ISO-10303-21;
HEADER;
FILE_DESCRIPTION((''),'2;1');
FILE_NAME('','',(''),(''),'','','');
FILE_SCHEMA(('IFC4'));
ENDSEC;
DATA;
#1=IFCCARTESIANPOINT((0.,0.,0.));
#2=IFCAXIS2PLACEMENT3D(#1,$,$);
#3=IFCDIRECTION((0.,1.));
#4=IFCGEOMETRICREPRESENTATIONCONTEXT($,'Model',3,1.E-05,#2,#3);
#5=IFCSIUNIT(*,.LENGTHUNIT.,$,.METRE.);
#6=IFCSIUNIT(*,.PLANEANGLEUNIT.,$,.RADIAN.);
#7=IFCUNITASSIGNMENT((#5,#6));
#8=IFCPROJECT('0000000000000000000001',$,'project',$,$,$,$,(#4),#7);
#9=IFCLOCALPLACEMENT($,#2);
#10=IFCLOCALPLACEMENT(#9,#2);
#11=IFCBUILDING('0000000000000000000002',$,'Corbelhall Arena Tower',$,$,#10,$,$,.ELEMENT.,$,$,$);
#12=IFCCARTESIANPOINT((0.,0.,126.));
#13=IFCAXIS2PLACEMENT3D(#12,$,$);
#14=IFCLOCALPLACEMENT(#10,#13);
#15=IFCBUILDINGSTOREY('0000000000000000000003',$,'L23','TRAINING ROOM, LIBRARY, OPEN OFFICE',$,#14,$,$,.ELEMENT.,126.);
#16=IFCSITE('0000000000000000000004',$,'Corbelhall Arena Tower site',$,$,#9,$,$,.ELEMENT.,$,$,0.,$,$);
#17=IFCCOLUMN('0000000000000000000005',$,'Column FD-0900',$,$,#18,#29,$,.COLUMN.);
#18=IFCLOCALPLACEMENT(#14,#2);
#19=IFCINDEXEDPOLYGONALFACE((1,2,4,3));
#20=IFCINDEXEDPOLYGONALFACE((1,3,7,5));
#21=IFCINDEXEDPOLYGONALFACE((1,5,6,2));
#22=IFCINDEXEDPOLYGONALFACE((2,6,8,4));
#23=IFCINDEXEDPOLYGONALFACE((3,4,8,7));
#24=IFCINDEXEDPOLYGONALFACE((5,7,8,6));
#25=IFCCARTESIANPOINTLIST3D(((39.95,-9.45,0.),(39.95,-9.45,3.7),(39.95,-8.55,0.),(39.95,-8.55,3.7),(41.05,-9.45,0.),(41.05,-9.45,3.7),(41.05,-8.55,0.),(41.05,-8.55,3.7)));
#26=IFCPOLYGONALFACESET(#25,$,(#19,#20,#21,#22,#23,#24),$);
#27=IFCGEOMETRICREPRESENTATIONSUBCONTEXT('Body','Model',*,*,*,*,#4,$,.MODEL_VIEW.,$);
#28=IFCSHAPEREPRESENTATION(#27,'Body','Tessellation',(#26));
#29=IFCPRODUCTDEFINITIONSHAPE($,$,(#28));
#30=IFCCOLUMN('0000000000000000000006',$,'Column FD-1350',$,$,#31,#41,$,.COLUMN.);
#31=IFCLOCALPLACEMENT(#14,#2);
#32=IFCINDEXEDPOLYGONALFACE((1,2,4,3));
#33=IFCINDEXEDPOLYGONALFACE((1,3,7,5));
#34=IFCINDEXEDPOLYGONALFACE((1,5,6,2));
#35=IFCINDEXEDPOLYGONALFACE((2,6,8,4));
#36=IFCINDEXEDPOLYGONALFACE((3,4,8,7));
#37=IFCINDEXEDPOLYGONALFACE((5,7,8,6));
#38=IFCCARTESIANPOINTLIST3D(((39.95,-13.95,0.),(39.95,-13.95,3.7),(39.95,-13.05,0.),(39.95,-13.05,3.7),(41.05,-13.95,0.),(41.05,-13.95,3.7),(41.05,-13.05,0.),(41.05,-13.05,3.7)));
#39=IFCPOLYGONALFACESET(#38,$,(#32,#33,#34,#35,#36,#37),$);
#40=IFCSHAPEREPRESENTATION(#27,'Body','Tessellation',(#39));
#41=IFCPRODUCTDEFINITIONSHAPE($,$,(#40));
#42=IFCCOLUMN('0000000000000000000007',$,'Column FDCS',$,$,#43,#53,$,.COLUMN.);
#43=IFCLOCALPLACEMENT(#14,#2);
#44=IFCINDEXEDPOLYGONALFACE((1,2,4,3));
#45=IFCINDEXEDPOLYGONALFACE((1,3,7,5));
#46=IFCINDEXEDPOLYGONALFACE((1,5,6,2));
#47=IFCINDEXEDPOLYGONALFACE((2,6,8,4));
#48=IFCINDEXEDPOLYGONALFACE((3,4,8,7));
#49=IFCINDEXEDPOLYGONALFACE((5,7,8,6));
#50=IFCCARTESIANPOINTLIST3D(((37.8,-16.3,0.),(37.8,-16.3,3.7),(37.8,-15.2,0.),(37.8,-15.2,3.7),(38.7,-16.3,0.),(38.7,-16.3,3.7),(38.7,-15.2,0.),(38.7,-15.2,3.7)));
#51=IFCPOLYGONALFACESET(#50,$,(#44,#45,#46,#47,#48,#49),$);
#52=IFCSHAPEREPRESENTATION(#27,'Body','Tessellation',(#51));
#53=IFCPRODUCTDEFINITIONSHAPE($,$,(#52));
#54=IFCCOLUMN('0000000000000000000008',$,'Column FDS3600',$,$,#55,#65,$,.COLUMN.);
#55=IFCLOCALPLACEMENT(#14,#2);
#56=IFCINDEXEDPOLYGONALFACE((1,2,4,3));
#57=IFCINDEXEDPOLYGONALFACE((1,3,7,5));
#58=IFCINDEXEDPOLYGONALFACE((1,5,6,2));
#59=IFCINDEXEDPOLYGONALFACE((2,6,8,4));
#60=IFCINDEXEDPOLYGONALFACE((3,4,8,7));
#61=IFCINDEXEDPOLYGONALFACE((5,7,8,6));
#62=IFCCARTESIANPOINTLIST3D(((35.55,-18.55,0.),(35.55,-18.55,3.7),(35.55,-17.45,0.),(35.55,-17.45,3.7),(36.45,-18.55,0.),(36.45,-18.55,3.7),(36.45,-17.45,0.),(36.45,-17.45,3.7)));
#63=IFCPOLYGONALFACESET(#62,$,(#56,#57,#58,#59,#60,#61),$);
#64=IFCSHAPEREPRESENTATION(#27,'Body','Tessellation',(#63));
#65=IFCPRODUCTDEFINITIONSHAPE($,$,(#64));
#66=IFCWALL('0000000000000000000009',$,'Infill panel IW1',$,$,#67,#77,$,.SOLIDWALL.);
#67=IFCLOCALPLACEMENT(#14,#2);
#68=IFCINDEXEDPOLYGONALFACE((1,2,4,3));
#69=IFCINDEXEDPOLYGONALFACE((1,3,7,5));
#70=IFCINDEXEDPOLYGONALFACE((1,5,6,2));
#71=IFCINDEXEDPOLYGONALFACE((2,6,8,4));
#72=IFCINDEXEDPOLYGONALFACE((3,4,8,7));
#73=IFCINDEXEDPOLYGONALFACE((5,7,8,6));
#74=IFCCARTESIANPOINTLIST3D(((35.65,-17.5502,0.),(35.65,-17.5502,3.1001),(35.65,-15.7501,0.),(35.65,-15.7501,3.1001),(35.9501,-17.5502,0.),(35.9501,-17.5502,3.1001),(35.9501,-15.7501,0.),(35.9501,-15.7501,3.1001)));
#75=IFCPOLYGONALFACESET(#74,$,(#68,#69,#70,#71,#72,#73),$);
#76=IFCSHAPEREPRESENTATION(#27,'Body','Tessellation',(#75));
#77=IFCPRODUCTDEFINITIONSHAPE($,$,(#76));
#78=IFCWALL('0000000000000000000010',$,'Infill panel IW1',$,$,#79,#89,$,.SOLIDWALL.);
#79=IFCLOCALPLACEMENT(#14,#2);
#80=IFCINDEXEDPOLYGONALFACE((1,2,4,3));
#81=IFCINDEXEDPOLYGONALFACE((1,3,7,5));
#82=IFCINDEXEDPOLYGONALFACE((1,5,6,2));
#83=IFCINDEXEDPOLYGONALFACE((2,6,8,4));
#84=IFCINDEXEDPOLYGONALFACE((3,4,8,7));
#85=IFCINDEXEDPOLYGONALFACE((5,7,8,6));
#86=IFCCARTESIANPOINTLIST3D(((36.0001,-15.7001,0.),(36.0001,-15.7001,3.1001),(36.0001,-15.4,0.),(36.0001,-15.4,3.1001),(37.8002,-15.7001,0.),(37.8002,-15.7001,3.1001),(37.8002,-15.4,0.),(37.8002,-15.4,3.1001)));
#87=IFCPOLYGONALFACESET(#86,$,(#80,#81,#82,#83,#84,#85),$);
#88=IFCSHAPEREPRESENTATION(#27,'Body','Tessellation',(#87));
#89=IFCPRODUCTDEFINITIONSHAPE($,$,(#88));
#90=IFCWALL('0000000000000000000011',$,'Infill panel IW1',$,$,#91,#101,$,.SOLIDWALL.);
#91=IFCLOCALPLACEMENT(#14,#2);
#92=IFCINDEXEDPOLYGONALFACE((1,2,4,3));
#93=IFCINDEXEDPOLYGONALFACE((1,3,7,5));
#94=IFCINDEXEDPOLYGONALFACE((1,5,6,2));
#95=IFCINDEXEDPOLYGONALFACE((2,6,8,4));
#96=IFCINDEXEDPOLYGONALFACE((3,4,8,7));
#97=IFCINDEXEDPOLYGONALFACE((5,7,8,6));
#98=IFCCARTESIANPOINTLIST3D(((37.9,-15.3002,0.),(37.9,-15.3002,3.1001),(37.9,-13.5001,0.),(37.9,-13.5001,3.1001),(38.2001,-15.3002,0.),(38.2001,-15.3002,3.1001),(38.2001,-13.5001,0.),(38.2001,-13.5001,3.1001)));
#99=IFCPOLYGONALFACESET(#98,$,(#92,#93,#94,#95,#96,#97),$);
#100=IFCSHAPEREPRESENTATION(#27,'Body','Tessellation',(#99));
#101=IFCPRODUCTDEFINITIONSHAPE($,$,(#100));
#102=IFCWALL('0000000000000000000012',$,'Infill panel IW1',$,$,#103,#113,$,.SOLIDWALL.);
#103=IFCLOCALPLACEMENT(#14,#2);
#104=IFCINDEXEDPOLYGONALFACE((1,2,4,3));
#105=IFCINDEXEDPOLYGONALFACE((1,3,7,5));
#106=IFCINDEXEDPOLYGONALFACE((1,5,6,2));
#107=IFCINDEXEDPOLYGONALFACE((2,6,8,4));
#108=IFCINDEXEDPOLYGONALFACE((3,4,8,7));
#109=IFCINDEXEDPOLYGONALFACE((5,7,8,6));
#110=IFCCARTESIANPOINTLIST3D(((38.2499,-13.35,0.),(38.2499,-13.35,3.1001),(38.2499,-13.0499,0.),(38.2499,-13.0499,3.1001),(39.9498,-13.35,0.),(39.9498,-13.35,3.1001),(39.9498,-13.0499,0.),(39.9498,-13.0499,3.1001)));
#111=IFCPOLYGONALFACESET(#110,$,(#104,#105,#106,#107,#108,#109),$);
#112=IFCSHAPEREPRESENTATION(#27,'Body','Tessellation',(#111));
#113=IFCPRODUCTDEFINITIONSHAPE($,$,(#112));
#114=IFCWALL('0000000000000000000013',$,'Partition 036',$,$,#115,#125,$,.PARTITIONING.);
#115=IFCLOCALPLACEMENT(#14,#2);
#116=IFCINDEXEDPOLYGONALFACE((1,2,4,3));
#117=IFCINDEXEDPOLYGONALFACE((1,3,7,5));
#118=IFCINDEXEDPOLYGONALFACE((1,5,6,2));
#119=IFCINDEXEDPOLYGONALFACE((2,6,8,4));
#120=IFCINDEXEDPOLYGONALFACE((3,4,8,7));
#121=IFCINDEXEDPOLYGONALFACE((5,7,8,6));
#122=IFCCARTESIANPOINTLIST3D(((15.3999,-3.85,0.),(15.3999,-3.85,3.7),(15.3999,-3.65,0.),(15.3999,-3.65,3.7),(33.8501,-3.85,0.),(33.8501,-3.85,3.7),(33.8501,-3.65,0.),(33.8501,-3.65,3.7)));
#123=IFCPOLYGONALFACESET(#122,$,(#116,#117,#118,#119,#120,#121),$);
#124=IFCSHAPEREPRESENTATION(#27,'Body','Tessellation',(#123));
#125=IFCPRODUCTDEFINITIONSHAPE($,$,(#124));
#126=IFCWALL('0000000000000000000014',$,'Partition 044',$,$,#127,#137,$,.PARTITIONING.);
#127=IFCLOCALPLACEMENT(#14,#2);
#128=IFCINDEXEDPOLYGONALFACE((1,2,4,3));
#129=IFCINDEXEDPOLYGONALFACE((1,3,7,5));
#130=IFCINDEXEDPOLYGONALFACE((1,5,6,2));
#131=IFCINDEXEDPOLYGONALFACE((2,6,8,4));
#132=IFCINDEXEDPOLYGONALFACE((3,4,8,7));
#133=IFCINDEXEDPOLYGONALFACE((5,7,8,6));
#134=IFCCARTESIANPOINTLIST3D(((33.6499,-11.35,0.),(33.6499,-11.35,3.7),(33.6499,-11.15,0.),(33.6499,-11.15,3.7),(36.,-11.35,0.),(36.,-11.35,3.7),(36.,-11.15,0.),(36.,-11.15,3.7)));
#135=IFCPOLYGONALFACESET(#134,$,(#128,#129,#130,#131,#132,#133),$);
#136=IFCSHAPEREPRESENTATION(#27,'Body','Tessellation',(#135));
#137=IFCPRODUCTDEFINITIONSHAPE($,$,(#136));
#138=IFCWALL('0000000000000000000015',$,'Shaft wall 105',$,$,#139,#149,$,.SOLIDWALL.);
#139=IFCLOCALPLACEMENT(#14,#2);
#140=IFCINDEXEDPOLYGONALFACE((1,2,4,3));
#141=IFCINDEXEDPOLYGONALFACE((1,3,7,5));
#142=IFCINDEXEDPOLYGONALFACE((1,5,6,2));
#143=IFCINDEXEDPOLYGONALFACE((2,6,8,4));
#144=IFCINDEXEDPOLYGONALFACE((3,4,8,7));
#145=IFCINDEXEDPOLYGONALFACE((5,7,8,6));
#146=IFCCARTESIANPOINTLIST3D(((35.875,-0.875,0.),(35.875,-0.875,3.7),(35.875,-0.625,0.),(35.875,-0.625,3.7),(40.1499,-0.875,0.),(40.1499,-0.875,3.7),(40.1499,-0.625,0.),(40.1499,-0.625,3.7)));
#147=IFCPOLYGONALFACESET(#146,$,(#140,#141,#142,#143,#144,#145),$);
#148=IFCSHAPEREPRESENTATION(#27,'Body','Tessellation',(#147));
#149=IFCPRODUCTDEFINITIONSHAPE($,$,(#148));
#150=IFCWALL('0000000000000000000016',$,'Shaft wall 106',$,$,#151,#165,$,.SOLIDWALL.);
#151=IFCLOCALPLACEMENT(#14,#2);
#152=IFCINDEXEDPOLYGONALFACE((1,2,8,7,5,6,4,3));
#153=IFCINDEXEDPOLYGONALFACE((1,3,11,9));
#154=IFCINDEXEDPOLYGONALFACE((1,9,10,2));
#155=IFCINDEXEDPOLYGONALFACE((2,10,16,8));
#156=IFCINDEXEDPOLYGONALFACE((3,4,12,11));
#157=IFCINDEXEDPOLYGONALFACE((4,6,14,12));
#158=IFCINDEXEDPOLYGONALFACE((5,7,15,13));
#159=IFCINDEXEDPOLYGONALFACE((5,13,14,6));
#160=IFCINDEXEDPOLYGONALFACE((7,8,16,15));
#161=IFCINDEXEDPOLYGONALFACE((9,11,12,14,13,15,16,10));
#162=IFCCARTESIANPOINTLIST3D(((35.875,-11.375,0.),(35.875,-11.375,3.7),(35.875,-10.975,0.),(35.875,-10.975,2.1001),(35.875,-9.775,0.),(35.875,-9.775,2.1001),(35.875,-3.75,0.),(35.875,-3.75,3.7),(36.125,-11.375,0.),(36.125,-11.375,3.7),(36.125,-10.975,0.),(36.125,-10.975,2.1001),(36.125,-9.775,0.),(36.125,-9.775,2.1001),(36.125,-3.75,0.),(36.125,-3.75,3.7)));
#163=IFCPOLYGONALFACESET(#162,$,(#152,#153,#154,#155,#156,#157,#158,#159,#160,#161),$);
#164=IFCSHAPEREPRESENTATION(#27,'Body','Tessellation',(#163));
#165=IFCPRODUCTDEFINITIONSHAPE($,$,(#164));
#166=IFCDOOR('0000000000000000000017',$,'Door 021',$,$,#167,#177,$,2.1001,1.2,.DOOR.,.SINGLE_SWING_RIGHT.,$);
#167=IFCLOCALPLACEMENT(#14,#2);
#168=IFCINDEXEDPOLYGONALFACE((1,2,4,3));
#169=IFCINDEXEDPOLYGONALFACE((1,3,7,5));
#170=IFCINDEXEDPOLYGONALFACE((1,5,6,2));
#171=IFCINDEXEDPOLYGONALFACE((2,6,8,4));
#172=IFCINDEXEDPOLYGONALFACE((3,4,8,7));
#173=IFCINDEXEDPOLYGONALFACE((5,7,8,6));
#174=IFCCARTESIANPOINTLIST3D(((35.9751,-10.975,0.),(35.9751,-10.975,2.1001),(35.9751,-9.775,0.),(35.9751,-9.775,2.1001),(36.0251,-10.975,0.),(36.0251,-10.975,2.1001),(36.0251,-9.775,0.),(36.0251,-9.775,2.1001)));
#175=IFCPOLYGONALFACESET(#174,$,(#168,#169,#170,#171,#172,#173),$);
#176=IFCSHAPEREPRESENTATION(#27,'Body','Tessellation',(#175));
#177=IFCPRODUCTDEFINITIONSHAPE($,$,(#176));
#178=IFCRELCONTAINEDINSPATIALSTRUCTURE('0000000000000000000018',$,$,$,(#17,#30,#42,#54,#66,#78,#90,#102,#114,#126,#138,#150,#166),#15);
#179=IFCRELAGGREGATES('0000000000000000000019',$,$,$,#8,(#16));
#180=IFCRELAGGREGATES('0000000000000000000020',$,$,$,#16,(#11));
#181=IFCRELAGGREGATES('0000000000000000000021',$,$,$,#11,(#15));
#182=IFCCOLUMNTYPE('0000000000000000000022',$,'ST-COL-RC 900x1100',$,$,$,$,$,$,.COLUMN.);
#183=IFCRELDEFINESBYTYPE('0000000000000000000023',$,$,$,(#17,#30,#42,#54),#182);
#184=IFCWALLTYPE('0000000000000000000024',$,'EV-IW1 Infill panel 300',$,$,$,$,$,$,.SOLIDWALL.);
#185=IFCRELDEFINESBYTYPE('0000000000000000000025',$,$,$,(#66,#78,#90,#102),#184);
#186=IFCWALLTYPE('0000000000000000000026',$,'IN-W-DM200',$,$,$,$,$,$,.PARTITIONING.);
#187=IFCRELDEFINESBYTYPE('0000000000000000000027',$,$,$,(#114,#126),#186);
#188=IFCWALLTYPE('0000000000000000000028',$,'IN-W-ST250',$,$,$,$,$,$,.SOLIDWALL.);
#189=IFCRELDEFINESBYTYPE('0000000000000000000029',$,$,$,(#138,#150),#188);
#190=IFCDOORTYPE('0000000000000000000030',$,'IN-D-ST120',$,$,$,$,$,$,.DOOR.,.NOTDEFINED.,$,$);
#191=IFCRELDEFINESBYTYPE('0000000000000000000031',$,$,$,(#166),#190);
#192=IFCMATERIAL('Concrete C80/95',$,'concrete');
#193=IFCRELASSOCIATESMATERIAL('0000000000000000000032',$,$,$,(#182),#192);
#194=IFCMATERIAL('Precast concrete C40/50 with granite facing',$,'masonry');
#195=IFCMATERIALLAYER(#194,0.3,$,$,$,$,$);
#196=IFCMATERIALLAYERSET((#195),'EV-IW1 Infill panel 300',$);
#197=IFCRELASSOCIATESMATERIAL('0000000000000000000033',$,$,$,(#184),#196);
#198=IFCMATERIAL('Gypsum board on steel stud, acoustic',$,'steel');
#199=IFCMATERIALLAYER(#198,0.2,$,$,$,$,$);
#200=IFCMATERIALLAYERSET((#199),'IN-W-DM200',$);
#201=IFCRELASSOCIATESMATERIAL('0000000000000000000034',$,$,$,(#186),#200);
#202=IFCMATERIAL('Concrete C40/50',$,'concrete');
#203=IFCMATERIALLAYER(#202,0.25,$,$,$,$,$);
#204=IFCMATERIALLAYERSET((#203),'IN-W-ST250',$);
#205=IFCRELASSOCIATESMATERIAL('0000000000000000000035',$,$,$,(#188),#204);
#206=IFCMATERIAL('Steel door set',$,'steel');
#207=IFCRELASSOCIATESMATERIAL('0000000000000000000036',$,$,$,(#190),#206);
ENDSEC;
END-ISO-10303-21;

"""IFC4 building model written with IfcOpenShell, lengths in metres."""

from ifc_helpers import new_model, si_unit, direction, frame, frame_2d, origin, origin_2d, place, context, subcontext, project, spatial, rectangle, extrude, material, layer, layer_set, material_profile, profile_set, type_object, element, fill, save


model = new_model("IFC4")

# Units and contexts
model_context = context("Model", 3, precision=1e-05, world=origin(), true_north=direction((0.0, 1.0)))
body_context = subcontext(model_context, "Body", "Model", "MODEL_VIEW")
ifc_project = project(units=[si_unit("LENGTHUNIT", "METRE"), si_unit("PLANEANGLEUNIT", "RADIAN")], contexts=[model_context])

# Site, building, storey
site_placement = place(None, origin())
site = spatial("IfcSite", under=ifc_project, at=site_placement, Name="Corbelhall Arena Tower site", CompositionType="ELEMENT", RefElevation=0.0)
building_placement = place(site_placement, origin())
building = spatial("IfcBuilding", under=site, at=building_placement, Name="Corbelhall Arena Tower", CompositionType="ELEMENT")
storey_placement = place(building_placement, frame((0.0, 0.0, 126.0)))
storey = spatial("IfcBuildingStorey", under=building, at=storey_placement, Name="L23", Description="TRAINING ROOM, LIBRARY, OPEN OFFICE", CompositionType="ELEMENT", Elevation=126.0)

# Columns
ifc_material_1 = material(Name="Concrete C80/95", Category="concrete")
ifc_material_profile = material_profile(ifc_material_1, rectangle(XDim=0.8999, YDim=1.1001, at=origin_2d()))
ifc_profile_set = profile_set([ifc_material_profile], Name="Concrete C80/95")
column_type = type_object("IfcColumnType", Name="ST-COL-RC 900x1100", PredefinedType="COLUMN", material=ifc_profile_set)
for number, where, z_axis, x_axis, name in (
    (1, (40.5, -9.0, 0.0), (0.0, 0.0, 1.0), (0.0, 1.0, 0.0), "Column FD-0900"),
    (2, (40.5, -13.5, 0.0), (0.0, 0.0, 1.0), (0.0, 1.0, 0.0), "Column FD-1350"),
    (3, (38.25, -15.75, 0.0), (0.0, 0.0, 1.0), (1.0, 0.0, 0.0), "Column FDCS"),
    (4, (36.0, -18.0, 0.0), (0.0, 0.0, 1.0), (1.0, 0.0, 0.0), "Column FDS3600"),
):
    element("IfcColumn", number, at=place(storey_placement, frame(where, z_axis=z_axis, x_axis=x_axis)), inside=storey, type_object=column_type, Name=name, PredefinedType="COLUMN", context=body_context, shape_type="SweptSolid", body=[
        extrude(rectangle(XDim=0.8999, YDim=1.1001, at=origin_2d()), origin(), (0.0, 0.0, 1.0), 3.7),
    ])

# Walls
ifc_material_2 = material(Name="Precast concrete C40/50 with granite facing", Category="masonry")
ifc_layer_1 = layer(ifc_material_2, 0.3)
ifc_layer_set_1 = layer_set([ifc_layer_1], Name="EV-IW1 Infill panel 300")
wall_type_1 = type_object("IfcWallType", Name="EV-IW1 Infill panel 300", PredefinedType="SOLIDWALL", material=ifc_layer_set_1)
for number, where, z_axis, x_axis, name in (
    (5, (35.8, -17.55, 0.0), (0.0, 0.0, 1.0), (0.0, 1.0, 0.0), "Infill panel IW1"),
    (6, (37.8, -15.55, 0.0), (0.0, 0.0, 1.0), (-1.0, 0.0, 0.0), "Infill panel IW1"),
    (7, (38.05, -15.3, 0.0), (0.0, 0.0, 1.0), (0.0, 1.0, 0.0), "Infill panel IW1"),
):
    element("IfcWall", number, at=place(storey_placement, frame(where, z_axis=z_axis, x_axis=x_axis)), inside=storey, type_object=wall_type_1, Name=name, PredefinedType="SOLIDWALL", context=body_context, shape_type="SweptSolid", body=[
        extrude(rectangle(XDim=1.8, YDim=0.3, at=frame_2d((0.8999, 0.0))), origin(), (0.0, 0.0, 1.0), 3.1001),
    ])
wall_1_placement = place(storey_placement, frame((39.95, -13.2, 0.0), z_axis=(0.0, 0.0, 1.0), x_axis=(-1.0, 0.0, 0.0)))
element("IfcWall", 8, at=wall_1_placement, inside=storey, type_object=wall_type_1, Name="Infill panel IW1", PredefinedType="SOLIDWALL", context=body_context, shape_type="SweptSolid", body=[
    extrude(rectangle(XDim=1.7, YDim=0.3, at=frame_2d((0.8501, 0.0))), origin(), (0.0, 0.0, 1.0), 3.1001),
])

# Wall
ifc_material_3 = material(Name="Gypsum board on steel stud, acoustic", Category="steel")
ifc_layer_2 = layer(ifc_material_3, 0.2)
ifc_layer_set_2 = layer_set([ifc_layer_2], Name="IN-W-DM200")
wall_type_2 = type_object("IfcWallType", Name="IN-W-DM200", PredefinedType="PARTITIONING", material=ifc_layer_set_2)
wall_2_placement = place(storey_placement, frame((33.8501, -3.75, 0.0), z_axis=(0.0, 0.0, 1.0), x_axis=(-1.0, 0.0, 0.0)))
element("IfcWall", 9, at=wall_2_placement, inside=storey, type_object=wall_type_2, Name="Partition 036", PredefinedType="PARTITIONING", context=body_context, shape_type="SweptSolid", body=[
    extrude(rectangle(XDim=18.4502, YDim=0.2, at=frame_2d((9.2251, 0.0))), origin(), (0.0, 0.0, 1.0), 3.7),
])

# Shared definitions
ifc_material_4 = material(Name="Steel door set", Category="steel")

# Walls
wall_3_placement = place(storey_placement, frame((36.0, -11.25, 0.0), z_axis=(0.0, 0.0, 1.0), x_axis=(-1.0, 0.0, 0.0)))
element("IfcWall", 10, at=wall_3_placement, inside=storey, type_object=wall_type_2, Name="Partition 044", PredefinedType="PARTITIONING", context=body_context, shape_type="SweptSolid", body=[
    extrude(rectangle(XDim=2.3501, YDim=0.2, at=frame_2d((1.175, 0.0))), origin(), (0.0, 0.0, 1.0), 3.7),
])
ifc_material_5 = material(Name="Concrete C40/50", Category="concrete")
ifc_layer_3 = layer(ifc_material_5, 0.25)
ifc_layer_set_3 = layer_set([ifc_layer_3], Name="IN-W-ST250")
wall_type_3 = type_object("IfcWallType", Name="IN-W-ST250", PredefinedType="SOLIDWALL", material=ifc_layer_set_3)
wall_4_placement = place(storey_placement, frame((35.875, -0.75, 0.0), z_axis=(0.0, 0.0, 1.0), x_axis=(1.0, 0.0, 0.0)))
element("IfcWall", 11, at=wall_4_placement, inside=storey, type_object=wall_type_3, Name="Shaft wall 105", PredefinedType="SOLIDWALL", context=body_context, shape_type="SweptSolid", body=[
    extrude(rectangle(XDim=4.2749, YDim=0.25, at=frame_2d((2.1375, 0.0))), origin(), (0.0, 0.0, 1.0), 3.7),
])

# Wall, opening, door
wall_5_placement = place(storey_placement, frame((36.0, -11.375, 0.0), z_axis=(0.0, 0.0, 1.0), x_axis=(0.0, 1.0, 0.0)))
wall_5 = element("IfcWall", 12, at=wall_5_placement, inside=storey, type_object=wall_type_3, Name="Shaft wall 106", PredefinedType="SOLIDWALL", context=body_context, shape_type="SweptSolid", body=[
    extrude(rectangle(XDim=7.625, YDim=0.25, at=frame_2d((3.8125, 0.0))), origin(), (0.0, 0.0, 1.0), 3.7),
])
opening_1_placement = place(wall_5_placement, frame((0.3999, 0.0, 0.0)))
opening_1 = element("IfcOpeningElement", 13, at=opening_1_placement, cuts=wall_5, PredefinedType="OPENING", context=body_context, shape_type="SweptSolid", body=[
    extrude(rectangle(XDim=1.2, YDim=2.1001, at=frame_2d((0.6001, 1.05))), frame((0.0, 0.125, 0.0), z_axis=(0.0, -1.0, 0.0), x_axis=(1.0, 0.0, 0.0)), (0.0, 0.0, 1.0), 0.25),
])
door_type_1 = type_object("IfcDoorType", Name="IN-D-ST120", OperationType="NOTDEFINED", PredefinedType="DOOR", material=ifc_material_4)
door_1_placement = place(opening_1_placement, origin())
door_1 = element("IfcDoor", 14, at=door_1_placement, inside=storey, type_object=door_type_1, Name="Door 021", OperationType="SINGLE_SWING_RIGHT", OverallHeight=2.1001, OverallWidth=1.2, PredefinedType="DOOR", context=body_context, shape_type="SweptSolid", body=[
    extrude(rectangle(XDim=1.2, YDim=2.1001, at=frame_2d((0.6001, 1.05))), frame((0.0, 0.0249, 0.0), z_axis=(0.0, -1.0, 0.0), x_axis=(1.0, 0.0, 0.0)), (0.0, 0.0, 1.0), 0.05),
])
fill(opening_1, door_1)

save(model, "model.ifc")
